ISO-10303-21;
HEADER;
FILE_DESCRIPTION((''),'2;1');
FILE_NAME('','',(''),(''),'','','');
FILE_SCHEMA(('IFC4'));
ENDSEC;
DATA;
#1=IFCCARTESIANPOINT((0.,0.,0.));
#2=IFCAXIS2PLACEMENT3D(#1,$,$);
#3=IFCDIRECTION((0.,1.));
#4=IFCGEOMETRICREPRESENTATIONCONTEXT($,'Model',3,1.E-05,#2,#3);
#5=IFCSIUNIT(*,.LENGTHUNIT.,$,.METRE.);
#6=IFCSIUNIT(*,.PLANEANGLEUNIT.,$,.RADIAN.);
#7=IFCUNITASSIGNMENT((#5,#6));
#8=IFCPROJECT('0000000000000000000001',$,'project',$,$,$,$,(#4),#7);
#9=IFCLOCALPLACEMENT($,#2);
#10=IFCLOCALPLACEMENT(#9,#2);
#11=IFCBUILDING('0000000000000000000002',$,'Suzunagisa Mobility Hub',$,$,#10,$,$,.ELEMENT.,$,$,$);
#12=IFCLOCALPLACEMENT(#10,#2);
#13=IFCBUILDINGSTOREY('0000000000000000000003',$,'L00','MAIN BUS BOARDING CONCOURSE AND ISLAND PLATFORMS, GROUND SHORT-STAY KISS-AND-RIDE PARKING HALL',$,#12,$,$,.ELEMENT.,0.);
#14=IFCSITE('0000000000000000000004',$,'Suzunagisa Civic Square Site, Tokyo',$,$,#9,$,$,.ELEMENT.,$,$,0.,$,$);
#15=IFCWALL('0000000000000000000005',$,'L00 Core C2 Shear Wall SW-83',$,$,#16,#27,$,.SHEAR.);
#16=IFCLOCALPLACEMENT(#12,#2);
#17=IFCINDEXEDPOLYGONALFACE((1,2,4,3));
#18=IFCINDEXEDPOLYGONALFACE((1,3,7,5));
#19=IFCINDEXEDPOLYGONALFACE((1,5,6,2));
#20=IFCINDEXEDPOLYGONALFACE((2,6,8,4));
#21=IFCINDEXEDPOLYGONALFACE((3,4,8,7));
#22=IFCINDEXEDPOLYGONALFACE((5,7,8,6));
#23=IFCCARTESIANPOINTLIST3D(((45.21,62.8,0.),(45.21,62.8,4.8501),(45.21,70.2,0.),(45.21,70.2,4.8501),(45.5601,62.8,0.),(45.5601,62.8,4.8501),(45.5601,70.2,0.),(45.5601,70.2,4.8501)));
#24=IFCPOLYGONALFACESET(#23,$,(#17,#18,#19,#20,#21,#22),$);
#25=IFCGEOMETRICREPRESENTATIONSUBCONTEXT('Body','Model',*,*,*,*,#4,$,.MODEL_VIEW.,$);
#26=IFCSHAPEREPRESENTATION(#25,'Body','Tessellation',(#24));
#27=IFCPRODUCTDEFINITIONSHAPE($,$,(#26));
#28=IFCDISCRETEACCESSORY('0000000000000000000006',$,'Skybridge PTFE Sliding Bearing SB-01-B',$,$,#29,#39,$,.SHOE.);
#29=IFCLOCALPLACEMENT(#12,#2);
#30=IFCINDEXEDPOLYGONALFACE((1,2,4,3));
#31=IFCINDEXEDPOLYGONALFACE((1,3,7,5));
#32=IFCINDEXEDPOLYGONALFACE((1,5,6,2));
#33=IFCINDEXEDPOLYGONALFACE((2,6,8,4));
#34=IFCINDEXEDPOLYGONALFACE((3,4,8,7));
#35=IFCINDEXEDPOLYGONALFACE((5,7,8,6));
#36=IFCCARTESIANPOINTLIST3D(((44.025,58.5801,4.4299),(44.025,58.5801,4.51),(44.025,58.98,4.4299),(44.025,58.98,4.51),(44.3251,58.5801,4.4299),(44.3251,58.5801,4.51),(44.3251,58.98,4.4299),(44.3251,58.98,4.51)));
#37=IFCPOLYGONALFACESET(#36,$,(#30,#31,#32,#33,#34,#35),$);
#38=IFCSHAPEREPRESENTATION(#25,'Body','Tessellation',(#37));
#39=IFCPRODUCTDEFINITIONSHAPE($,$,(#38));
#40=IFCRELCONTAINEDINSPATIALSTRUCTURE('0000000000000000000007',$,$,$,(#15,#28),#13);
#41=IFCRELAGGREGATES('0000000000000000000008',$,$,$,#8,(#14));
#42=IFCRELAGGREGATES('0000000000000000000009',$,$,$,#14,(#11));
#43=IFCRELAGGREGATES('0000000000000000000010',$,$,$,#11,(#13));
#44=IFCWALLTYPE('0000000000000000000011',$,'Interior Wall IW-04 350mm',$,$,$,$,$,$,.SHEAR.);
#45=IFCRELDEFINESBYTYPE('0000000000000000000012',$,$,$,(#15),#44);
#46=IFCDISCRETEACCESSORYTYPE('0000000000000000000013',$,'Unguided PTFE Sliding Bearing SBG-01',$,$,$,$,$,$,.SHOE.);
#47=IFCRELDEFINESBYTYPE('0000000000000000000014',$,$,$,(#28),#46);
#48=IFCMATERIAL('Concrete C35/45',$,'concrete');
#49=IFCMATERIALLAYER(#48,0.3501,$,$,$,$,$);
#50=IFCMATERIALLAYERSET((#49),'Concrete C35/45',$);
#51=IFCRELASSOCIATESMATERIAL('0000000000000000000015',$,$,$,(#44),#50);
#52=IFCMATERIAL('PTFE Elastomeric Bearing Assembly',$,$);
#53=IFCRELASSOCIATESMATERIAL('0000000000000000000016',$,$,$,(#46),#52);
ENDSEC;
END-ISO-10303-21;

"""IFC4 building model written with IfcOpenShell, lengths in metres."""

from ifc_helpers import new_model, si_unit, direction, frame, frame_2d, origin, origin_2d, place, context, subcontext, project, spatial, rectangle, extrude, material, layer, layer_set, type_object, element, save


model = new_model("IFC4")

# Units and contexts
model_context = context("Model", 3, precision=1e-05, world=origin(), true_north=direction((0.0, 1.0)))
body_context = subcontext(model_context, "Body", "Model", "MODEL_VIEW")
ifc_project = project(units=[si_unit("LENGTHUNIT", "METRE"), si_unit("PLANEANGLEUNIT", "RADIAN")], contexts=[model_context])

# Site, building, storey
site_placement = place(None, origin())
site = spatial("IfcSite", under=ifc_project, at=site_placement, Name="Suzunagisa Civic Square Site, Tokyo", CompositionType="ELEMENT", RefElevation=0.0)
building_placement = place(site_placement, origin())
building = spatial("IfcBuilding", under=site, at=building_placement, Name="Suzunagisa Mobility Hub", CompositionType="ELEMENT")
storey_placement = place(building_placement, origin())
storey = spatial("IfcBuildingStorey", under=building, at=storey_placement, Name="L00", Description="MAIN BUS BOARDING CONCOURSE AND ISLAND PLATFORMS, GROUND SHORT-STAY KISS-AND-RIDE PARKING HALL", CompositionType="ELEMENT", Elevation=0.0)

# Wall
ifc_material_1 = material(Name="Concrete C35/45", Category="concrete")
ifc_layer_1 = layer(ifc_material_1, 0.3501)
ifc_layer_set_1 = layer_set([ifc_layer_1], Name="Concrete C35/45")
wall_type_1 = type_object("IfcWallType", Name="Interior Wall IW-04 350mm", PredefinedType="SHEAR", material=ifc_layer_set_1)
wall_1_placement = place(storey_placement, frame((45.385, 62.8, 0.0), z_axis=(0.0, 0.0, 1.0), x_axis=(0.0, 1.0, 0.0)))
element("IfcWall", 1, at=wall_1_placement, inside=storey, type_object=wall_type_1, Name="L00 Core C2 Shear Wall SW-83", PredefinedType="SHEAR", context=body_context, shape_type="SweptSolid", body=[
    extrude(rectangle(XDim=7.3999, YDim=0.3501, at=frame_2d((3.7, 0.0))), origin(), (0.0, 0.0, 1.0), 4.8501),
])

# Discrete accessory
ifc_material_2 = material(Name="PTFE Elastomeric Bearing Assembly")
discrete_accessory_type = type_object("IfcDiscreteAccessoryType", Name="Unguided PTFE Sliding Bearing SBG-01", PredefinedType="SHOE", material=ifc_material_2)
discrete_accessory_placement = place(storey_placement, frame((44.175, 58.78, 4.4299), z_axis=(0.0, 0.0, 1.0), x_axis=(1.0, 0.0, 0.0)))
element("IfcDiscreteAccessory", 2, at=discrete_accessory_placement, inside=storey, type_object=discrete_accessory_type, Name="Skybridge PTFE Sliding Bearing SB-01-B", PredefinedType="SHOE", context=body_context, shape_type="SweptSolid", body=[
    extrude(rectangle(XDim=0.3, YDim=0.3999, at=origin_2d()), origin(), (0.0, 0.0, 1.0), 0.0801),
])

save(model, "model.ifc")
